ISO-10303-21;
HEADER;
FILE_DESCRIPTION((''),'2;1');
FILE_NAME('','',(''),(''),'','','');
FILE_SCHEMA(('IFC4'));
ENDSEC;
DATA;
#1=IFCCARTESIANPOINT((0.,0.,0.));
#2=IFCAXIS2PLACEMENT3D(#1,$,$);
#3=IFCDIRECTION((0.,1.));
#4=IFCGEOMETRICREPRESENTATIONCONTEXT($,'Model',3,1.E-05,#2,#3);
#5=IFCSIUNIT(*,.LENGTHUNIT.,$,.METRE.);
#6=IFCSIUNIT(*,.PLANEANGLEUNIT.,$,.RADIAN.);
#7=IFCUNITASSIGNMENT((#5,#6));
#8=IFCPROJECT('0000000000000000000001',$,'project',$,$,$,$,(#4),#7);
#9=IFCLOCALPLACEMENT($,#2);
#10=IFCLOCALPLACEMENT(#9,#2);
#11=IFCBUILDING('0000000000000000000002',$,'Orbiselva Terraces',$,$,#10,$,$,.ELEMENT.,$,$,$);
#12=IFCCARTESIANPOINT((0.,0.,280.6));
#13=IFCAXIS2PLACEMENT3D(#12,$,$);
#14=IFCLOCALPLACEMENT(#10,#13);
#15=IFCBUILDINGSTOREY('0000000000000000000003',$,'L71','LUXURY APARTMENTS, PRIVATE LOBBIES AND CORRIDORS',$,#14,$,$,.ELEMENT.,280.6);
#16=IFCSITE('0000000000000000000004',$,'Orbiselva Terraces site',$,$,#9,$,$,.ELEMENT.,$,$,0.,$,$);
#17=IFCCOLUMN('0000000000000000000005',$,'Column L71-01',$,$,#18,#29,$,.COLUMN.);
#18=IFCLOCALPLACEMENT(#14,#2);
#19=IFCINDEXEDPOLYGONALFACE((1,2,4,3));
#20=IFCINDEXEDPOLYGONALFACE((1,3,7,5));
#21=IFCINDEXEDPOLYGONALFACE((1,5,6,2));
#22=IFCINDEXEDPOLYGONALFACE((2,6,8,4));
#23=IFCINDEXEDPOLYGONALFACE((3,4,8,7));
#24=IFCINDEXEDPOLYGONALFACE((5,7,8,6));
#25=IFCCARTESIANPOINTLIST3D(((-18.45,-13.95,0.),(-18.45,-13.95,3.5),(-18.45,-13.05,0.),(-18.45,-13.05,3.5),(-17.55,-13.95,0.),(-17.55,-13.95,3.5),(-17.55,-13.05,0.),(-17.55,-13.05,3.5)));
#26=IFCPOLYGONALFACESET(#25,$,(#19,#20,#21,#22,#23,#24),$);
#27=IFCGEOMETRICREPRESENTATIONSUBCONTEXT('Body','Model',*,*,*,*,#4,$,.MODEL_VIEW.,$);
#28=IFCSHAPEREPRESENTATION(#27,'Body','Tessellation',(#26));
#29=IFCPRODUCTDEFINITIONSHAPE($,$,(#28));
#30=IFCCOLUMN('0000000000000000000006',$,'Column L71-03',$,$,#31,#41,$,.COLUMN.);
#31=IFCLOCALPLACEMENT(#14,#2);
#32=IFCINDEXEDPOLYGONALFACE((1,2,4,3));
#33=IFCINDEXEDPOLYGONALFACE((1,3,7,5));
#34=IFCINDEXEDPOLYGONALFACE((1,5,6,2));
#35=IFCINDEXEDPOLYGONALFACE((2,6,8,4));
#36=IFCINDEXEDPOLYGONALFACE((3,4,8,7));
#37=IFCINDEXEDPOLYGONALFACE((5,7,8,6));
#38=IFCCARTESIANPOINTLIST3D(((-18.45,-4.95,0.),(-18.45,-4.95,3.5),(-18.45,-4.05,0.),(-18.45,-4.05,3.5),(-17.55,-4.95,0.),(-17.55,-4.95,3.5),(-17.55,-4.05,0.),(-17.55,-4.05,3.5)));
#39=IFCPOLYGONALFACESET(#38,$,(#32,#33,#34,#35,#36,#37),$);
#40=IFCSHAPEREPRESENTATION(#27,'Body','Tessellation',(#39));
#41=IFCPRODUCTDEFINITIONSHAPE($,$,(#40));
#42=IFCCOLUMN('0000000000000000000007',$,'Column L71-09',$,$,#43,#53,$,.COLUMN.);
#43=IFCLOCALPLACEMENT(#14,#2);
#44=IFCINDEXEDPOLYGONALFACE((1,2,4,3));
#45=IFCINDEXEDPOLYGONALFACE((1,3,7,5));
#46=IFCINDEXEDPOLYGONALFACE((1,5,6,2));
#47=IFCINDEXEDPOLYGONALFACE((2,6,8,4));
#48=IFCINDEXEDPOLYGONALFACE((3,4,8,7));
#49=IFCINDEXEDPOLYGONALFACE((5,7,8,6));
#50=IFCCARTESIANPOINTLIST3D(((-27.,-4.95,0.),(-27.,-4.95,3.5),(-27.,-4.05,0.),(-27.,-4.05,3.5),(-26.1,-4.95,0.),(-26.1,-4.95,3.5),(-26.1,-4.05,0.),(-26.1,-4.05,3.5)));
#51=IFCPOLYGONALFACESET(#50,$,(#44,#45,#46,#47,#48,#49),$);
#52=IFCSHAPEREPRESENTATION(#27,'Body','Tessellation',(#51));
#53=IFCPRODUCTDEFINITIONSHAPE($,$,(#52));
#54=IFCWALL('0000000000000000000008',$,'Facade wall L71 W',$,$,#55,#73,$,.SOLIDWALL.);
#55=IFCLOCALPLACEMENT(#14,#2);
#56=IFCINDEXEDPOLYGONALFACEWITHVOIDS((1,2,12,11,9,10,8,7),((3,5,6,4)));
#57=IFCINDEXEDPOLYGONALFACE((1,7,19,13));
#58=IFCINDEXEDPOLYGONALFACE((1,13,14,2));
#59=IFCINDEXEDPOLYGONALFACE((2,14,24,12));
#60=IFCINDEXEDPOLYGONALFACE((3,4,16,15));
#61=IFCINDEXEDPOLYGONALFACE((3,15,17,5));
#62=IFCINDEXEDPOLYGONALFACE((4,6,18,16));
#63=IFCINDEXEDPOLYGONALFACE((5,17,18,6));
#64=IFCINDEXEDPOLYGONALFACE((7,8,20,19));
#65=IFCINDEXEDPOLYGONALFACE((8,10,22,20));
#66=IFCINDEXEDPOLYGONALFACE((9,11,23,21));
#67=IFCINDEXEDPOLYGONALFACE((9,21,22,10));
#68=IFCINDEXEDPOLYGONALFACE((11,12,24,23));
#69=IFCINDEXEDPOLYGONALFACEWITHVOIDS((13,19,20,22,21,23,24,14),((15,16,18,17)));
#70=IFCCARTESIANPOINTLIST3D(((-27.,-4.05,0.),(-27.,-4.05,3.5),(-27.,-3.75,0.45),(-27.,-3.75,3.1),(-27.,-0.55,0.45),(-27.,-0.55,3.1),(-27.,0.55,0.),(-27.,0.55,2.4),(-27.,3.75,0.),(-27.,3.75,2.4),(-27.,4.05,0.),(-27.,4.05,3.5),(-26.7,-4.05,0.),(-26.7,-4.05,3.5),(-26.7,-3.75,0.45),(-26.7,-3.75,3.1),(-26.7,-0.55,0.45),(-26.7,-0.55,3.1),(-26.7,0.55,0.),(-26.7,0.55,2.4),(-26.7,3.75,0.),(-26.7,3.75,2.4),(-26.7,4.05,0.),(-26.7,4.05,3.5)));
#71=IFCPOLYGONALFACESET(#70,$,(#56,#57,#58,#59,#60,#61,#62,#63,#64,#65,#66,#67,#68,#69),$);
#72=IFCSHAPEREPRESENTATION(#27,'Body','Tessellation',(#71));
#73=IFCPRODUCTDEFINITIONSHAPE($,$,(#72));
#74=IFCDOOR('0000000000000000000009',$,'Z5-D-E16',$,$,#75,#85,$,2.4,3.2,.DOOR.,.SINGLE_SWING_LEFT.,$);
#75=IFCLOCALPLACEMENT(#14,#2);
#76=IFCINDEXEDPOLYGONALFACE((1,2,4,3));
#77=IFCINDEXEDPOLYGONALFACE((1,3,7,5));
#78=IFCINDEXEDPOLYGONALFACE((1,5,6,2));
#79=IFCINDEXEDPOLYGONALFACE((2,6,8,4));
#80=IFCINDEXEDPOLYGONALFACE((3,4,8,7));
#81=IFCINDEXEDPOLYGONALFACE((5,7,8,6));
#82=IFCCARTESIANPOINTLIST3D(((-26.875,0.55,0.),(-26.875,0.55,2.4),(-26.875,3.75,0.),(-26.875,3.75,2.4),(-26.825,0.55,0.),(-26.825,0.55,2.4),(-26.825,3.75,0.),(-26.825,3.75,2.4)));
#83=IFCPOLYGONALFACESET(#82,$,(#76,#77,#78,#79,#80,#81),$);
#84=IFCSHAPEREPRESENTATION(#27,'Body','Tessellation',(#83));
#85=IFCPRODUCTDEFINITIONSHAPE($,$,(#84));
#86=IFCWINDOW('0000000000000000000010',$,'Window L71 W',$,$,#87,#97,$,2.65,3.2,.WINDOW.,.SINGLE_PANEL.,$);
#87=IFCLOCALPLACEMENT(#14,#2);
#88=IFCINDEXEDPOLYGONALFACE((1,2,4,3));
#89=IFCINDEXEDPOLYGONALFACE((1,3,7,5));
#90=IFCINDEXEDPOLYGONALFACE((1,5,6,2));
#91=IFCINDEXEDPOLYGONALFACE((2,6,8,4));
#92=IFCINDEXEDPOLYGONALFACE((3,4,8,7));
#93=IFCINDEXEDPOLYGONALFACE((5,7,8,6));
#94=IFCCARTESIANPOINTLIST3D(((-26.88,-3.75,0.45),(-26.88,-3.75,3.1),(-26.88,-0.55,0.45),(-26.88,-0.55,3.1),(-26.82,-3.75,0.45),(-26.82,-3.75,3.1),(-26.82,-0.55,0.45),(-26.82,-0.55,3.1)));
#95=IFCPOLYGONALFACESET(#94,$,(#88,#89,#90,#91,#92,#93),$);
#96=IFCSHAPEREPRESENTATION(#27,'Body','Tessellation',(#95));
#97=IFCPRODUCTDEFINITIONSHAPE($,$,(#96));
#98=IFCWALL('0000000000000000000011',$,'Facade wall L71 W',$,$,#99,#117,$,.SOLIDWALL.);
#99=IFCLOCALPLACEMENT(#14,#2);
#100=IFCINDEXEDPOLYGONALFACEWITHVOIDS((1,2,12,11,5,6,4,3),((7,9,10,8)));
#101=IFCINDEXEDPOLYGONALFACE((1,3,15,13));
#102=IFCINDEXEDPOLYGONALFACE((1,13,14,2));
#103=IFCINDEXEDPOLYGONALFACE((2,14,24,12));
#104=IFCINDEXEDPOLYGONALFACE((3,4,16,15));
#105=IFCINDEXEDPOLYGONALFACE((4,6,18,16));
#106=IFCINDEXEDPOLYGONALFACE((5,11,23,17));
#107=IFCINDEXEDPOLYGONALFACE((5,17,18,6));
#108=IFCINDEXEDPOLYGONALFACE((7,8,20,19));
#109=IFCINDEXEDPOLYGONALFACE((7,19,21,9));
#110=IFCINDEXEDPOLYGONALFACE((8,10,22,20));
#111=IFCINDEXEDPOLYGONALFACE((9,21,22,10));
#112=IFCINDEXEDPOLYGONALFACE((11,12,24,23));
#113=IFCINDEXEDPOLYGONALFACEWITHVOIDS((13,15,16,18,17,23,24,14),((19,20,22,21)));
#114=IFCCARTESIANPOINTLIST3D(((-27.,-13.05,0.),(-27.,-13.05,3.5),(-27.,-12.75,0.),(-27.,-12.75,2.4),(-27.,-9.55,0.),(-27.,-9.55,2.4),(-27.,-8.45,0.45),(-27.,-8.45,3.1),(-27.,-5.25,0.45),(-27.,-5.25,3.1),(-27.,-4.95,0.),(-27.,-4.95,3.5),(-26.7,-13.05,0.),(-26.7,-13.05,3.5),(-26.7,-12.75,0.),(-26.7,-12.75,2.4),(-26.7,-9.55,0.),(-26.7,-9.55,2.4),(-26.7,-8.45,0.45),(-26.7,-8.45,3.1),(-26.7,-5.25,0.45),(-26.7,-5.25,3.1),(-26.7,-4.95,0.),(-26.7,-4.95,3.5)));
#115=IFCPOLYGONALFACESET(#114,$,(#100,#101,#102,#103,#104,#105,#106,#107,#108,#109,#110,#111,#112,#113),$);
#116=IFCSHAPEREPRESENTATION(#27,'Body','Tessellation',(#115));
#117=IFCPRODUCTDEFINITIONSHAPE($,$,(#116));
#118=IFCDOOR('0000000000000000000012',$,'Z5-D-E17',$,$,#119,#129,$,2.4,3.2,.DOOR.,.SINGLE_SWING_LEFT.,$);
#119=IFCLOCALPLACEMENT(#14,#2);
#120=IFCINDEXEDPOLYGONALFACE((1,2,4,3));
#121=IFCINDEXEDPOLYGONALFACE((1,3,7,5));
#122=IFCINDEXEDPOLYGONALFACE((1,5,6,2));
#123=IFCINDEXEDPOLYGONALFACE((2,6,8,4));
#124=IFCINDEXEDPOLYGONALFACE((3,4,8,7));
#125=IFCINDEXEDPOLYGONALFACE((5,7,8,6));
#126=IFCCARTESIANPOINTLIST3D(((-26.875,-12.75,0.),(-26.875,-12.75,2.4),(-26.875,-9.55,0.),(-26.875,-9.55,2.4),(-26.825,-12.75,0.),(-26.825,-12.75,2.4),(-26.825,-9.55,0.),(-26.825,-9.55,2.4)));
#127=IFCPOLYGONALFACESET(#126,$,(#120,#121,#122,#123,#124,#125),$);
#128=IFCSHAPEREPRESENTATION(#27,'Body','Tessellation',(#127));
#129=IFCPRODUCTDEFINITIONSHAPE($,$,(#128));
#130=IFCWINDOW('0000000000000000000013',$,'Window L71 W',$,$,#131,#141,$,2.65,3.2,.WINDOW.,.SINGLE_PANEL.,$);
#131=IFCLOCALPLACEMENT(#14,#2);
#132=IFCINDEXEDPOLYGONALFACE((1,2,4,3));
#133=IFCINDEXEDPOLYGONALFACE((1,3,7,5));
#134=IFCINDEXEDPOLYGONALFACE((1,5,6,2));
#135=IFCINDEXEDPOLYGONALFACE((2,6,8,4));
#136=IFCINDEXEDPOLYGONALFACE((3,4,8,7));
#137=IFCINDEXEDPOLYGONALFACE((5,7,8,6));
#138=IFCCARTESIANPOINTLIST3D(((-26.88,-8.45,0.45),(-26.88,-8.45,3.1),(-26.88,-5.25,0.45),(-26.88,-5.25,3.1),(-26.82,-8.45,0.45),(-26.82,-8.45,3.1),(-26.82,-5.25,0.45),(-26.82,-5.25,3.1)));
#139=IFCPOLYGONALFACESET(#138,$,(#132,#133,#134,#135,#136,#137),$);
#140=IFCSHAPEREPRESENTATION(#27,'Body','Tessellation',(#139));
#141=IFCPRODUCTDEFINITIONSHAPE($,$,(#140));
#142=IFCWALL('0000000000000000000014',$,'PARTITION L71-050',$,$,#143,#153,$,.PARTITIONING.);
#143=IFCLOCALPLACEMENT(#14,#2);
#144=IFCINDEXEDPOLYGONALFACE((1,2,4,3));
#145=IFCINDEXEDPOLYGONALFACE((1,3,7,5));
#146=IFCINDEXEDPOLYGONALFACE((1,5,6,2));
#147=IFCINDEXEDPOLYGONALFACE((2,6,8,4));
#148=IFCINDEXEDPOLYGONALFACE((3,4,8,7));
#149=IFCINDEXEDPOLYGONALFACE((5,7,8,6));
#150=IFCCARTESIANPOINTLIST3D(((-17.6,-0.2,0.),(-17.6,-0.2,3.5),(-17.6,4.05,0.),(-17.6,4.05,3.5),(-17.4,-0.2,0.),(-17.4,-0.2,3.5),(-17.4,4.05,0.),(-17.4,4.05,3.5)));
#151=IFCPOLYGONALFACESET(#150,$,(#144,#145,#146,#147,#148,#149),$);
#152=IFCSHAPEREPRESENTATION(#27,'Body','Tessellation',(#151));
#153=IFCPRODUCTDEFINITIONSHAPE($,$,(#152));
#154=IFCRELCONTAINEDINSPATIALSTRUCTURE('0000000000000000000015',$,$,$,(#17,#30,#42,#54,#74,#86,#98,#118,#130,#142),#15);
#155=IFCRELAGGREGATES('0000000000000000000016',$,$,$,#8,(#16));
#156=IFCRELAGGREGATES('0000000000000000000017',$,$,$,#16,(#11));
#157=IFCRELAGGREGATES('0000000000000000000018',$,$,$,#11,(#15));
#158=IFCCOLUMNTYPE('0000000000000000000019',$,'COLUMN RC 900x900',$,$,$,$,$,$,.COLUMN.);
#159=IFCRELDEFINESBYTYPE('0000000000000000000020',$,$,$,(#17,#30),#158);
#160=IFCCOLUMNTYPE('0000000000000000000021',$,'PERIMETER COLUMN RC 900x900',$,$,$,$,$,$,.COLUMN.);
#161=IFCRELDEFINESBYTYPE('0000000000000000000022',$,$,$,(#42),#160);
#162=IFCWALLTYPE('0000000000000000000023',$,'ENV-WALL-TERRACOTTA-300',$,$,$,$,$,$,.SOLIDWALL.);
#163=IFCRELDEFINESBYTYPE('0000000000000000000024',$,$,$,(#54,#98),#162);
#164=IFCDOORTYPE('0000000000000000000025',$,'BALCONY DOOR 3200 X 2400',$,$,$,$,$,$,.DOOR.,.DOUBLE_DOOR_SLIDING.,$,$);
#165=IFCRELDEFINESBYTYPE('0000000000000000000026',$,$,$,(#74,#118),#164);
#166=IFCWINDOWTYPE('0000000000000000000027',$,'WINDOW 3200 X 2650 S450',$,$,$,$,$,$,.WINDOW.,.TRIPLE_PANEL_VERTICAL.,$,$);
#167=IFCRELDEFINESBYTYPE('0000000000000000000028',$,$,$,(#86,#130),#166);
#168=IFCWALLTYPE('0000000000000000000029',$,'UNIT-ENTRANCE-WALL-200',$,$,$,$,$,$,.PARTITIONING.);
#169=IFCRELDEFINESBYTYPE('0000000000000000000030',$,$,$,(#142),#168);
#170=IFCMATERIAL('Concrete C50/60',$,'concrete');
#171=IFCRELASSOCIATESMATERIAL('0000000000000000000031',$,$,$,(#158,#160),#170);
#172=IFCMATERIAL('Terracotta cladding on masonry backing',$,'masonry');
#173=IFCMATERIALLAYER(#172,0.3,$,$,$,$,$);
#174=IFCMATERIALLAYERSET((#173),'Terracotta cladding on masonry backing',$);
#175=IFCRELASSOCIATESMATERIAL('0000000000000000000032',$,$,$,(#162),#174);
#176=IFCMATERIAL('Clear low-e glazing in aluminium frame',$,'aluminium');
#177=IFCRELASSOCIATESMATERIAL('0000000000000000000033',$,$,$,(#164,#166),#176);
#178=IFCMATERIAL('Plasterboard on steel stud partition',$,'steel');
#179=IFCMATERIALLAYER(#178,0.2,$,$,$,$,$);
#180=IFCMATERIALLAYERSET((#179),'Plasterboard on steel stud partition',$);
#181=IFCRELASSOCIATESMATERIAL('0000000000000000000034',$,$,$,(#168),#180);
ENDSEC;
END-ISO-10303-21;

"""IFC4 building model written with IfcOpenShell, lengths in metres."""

from ifc_helpers import new_model, si_unit, direction, frame, frame_2d, origin, origin_2d, place, context, subcontext, project, spatial, rectangle, extrude, material, layer, layer_set, material_profile, profile_set, type_object, element, fill, save


model = new_model("IFC4")

# Units and contexts
model_context = context("Model", 3, precision=1e-05, world=origin(), true_north=direction((0.0, 1.0)))
body_context = subcontext(model_context, "Body", "Model", "MODEL_VIEW")
ifc_project = project(units=[si_unit("LENGTHUNIT", "METRE"), si_unit("PLANEANGLEUNIT", "RADIAN")], contexts=[model_context])

# Site, building, storey
site_placement = place(None, origin())
site = spatial("IfcSite", under=ifc_project, at=site_placement, Name="Orbiselva Terraces site", CompositionType="ELEMENT", RefElevation=0.0)
building_placement = place(site_placement, origin())
building = spatial("IfcBuilding", under=site, at=building_placement, Name="Orbiselva Terraces", CompositionType="ELEMENT")
storey_placement = place(building_placement, frame((0.0, 0.0, 280.6)))
storey = spatial("IfcBuildingStorey", under=building, at=storey_placement, Name="L71", Description="LUXURY APARTMENTS, PRIVATE LOBBIES AND CORRIDORS", CompositionType="ELEMENT", Elevation=280.6)

# Columns
ifc_material_1 = material(Name="Concrete C50/60", Category="concrete")
ifc_material_profile_1 = material_profile(ifc_material_1, rectangle(XDim=0.9, YDim=0.9, at=origin_2d()), Name="RC 900x900")
ifc_profile_set_1 = profile_set([ifc_material_profile_1], Name="Concrete C50/60")
column_type_1 = type_object("IfcColumnType", Name="COLUMN RC 900x900", PredefinedType="COLUMN", material=ifc_profile_set_1)
for number, where, z_axis, x_axis, name in (
    (1, (-18.0, -13.5, 0.0), (0.0, 0.0, 1.0), (1.0, 0.0, 0.0), "Column L71-01"),
    (2, (-18.0, -4.5, 0.0), (0.0, 0.0, 1.0), (1.0, 0.0, 0.0), "Column L71-03"),
):
    element("IfcColumn", number, at=place(storey_placement, frame(where, z_axis=z_axis, x_axis=x_axis)), inside=storey, type_object=column_type_1, Name=name, PredefinedType="COLUMN", context=body_context, shape_type="SweptSolid", body=[
        extrude(rectangle(XDim=0.9, YDim=0.9, at=origin_2d()), origin(), (0.0, 0.0, 1.0), 3.5),
    ])
ifc_material_profile_2 = material_profile(ifc_material_1, rectangle(XDim=0.9, YDim=0.9, at=origin_2d()), Name="RC 900x900")
ifc_profile_set_2 = profile_set([ifc_material_profile_2], Name="Concrete C50/60")
column_type_2 = type_object("IfcColumnType", Name="PERIMETER COLUMN RC 900x900", PredefinedType="COLUMN", material=ifc_profile_set_2)
column_placement = place(storey_placement, frame((-26.55, -4.5, 0.0), z_axis=(0.0, 0.0, 1.0), x_axis=(1.0, 0.0, 0.0)))
element("IfcColumn", 3, at=column_placement, inside=storey, type_object=column_type_2, Name="Column L71-09", PredefinedType="COLUMN", context=body_context, shape_type="SweptSolid", body=[
    extrude(rectangle(XDim=0.9, YDim=0.9, at=origin_2d()), origin(), (0.0, 0.0, 1.0), 3.5),
])

# Walls, openings, doors, windows
ifc_material_2 = material(Name="Terracotta cladding on masonry backing", Category="masonry")
ifc_layer_1 = layer(ifc_material_2, 0.3)
ifc_layer_set_1 = layer_set([ifc_layer_1], Name="Terracotta cladding on masonry backing")
wall_type_1 = type_object("IfcWallType", Name="ENV-WALL-TERRACOTTA-300", PredefinedType="SOLIDWALL", material=ifc_layer_set_1)
wall_1_placement = place(storey_placement, frame((-26.85, -4.05, 0.0), z_axis=(0.0, 0.0, 1.0), x_axis=(0.0, 1.0, 0.0)))
wall_1 = element("IfcWall", 4, at=wall_1_placement, inside=storey, type_object=wall_type_1, Name="Facade wall L71 W", PredefinedType="SOLIDWALL", context=body_context, shape_type="SweptSolid", body=[
    extrude(rectangle(XDim=8.1, YDim=0.3, at=frame_2d((4.05, 0.0))), origin(), (0.0, 0.0, 1.0), 3.5),
])
opening_1_placement = place(wall_1_placement, frame((4.6, 0.0, 0.0)))
opening_1 = element("IfcOpeningElement", 5, at=opening_1_placement, cuts=wall_1, PredefinedType="OPENING", context=body_context, shape_type="SweptSolid", body=[
    extrude(rectangle(XDim=3.2, YDim=2.4, at=frame_2d((1.6, 1.2))), frame((0.0, 0.16, 0.0), z_axis=(0.0, -1.0, 0.0), x_axis=(1.0, 0.0, 0.0)), (0.0, 0.0, 1.0), 0.32),
])
opening_2_placement = place(wall_1_placement, frame((0.3, 0.0, 0.45)))
opening_2 = element("IfcOpeningElement", 6, at=opening_2_placement, cuts=wall_1, PredefinedType="OPENING", context=body_context, shape_type="SweptSolid", body=[
    extrude(rectangle(XDim=3.2, YDim=2.65, at=frame_2d((1.6, 1.325))), frame((0.0, 0.16, 0.0), z_axis=(0.0, -1.0, 0.0), x_axis=(1.0, 0.0, 0.0)), (0.0, 0.0, 1.0), 0.32),
])
ifc_material_3 = material(Name="Clear low-e glazing in aluminium frame", Category="aluminium")
door_type_1 = type_object("IfcDoorType", Name="BALCONY DOOR 3200 X 2400", OperationType="DOUBLE_DOOR_SLIDING", PredefinedType="DOOR", material=ifc_material_3)
door_1_placement = place(opening_1_placement, origin())
door_1 = element("IfcDoor", 7, at=door_1_placement, inside=storey, type_object=door_type_1, Name="Z5-D-E16", OperationType="SINGLE_SWING_LEFT", OverallHeight=2.4, OverallWidth=3.2, PredefinedType="DOOR", context=body_context, shape_type="SweptSolid", body=[
    extrude(rectangle(XDim=3.2, YDim=2.4, at=frame_2d((1.6, 1.2))), frame((0.0, 0.025, 0.0), z_axis=(0.0, -1.0, 0.0), x_axis=(1.0, 0.0, 0.0)), (0.0, 0.0, 1.0), 0.05),
])
fill(opening_1, door_1)
window_type = type_object("IfcWindowType", Name="WINDOW 3200 X 2650 S450", PartitioningType="TRIPLE_PANEL_VERTICAL", PredefinedType="WINDOW", material=ifc_material_3)
window_1_placement = place(opening_2_placement, origin())
window_1 = element("IfcWindow", 8, at=window_1_placement, inside=storey, type_object=window_type, Name="Window L71 W", OverallHeight=2.65, OverallWidth=3.2, PartitioningType="SINGLE_PANEL", PredefinedType="WINDOW", context=body_context, shape_type="SweptSolid", body=[
    extrude(rectangle(XDim=3.2, YDim=2.65, at=frame_2d((1.6, 1.325))), frame((0.0, 0.03, 0.0), z_axis=(0.0, -1.0, 0.0), x_axis=(1.0, 0.0, 0.0)), (0.0, 0.0, 1.0), 0.06),
])
fill(opening_2, window_1)
wall_2_placement = place(storey_placement, frame((-26.85, -13.05, 0.0), z_axis=(0.0, 0.0, 1.0), x_axis=(0.0, 1.0, 0.0)))
wall_2 = element("IfcWall", 9, at=wall_2_placement, inside=storey, type_object=wall_type_1, Name="Facade wall L71 W", PredefinedType="SOLIDWALL", context=body_context, shape_type="SweptSolid", body=[
    extrude(rectangle(XDim=8.1, YDim=0.3, at=frame_2d((4.05, 0.0))), origin(), (0.0, 0.0, 1.0), 3.5),
])
opening_3_placement = place(wall_2_placement, frame((4.6, 0.0, 0.45)))
opening_3 = element("IfcOpeningElement", 10, at=opening_3_placement, cuts=wall_2, PredefinedType="OPENING", context=body_context, shape_type="SweptSolid", body=[
    extrude(rectangle(XDim=3.2, YDim=2.65, at=frame_2d((1.6, 1.325))), frame((0.0, 0.16, 0.0), z_axis=(0.0, -1.0, 0.0), x_axis=(1.0, 0.0, 0.0)), (0.0, 0.0, 1.0), 0.32),
])
opening_4_placement = place(wall_2_placement, frame((0.3, 0.0, 0.0)))
opening_4 = element("IfcOpeningElement", 11, at=opening_4_placement, cuts=wall_2, PredefinedType="OPENING", context=body_context, shape_type="SweptSolid", body=[
    extrude(rectangle(XDim=3.2, YDim=2.4, at=frame_2d((1.6, 1.2))), frame((0.0, 0.16, 0.0), z_axis=(0.0, -1.0, 0.0), x_axis=(1.0, 0.0, 0.0)), (0.0, 0.0, 1.0), 0.32),
])
door_2_placement = place(opening_4_placement, origin())
door_2 = element("IfcDoor", 12, at=door_2_placement, inside=storey, type_object=door_type_1, Name="Z5-D-E17", OperationType="SINGLE_SWING_LEFT", OverallHeight=2.4, OverallWidth=3.2, PredefinedType="DOOR", context=body_context, shape_type="SweptSolid", body=[
    extrude(rectangle(XDim=3.2, YDim=2.4, at=frame_2d((1.6, 1.2))), frame((0.0, 0.025, 0.0), z_axis=(0.0, -1.0, 0.0), x_axis=(1.0, 0.0, 0.0)), (0.0, 0.0, 1.0), 0.05),
])
fill(opening_4, door_2)
window_2_placement = place(opening_3_placement, origin())
window_2 = element("IfcWindow", 13, at=window_2_placement, inside=storey, type_object=window_type, Name="Window L71 W", OverallHeight=2.65, OverallWidth=3.2, PartitioningType="SINGLE_PANEL", PredefinedType="WINDOW", context=body_context, shape_type="SweptSolid", body=[
    extrude(rectangle(XDim=3.2, YDim=2.65, at=frame_2d((1.6, 1.325))), frame((0.0, 0.03, 0.0), z_axis=(0.0, -1.0, 0.0), x_axis=(1.0, 0.0, 0.0)), (0.0, 0.0, 1.0), 0.06),
])
fill(opening_3, window_2)

# Wall
ifc_material_4 = material(Name="Plasterboard on steel stud partition", Category="steel")
ifc_layer_2 = layer(ifc_material_4, 0.2)
ifc_layer_set_2 = layer_set([ifc_layer_2], Name="Plasterboard on steel stud partition")
wall_type_2 = type_object("IfcWallType", Name="UNIT-ENTRANCE-WALL-200", PredefinedType="PARTITIONING", material=ifc_layer_set_2)
wall_3_placement = place(storey_placement, frame((-17.5, -0.2, 0.0), z_axis=(0.0, 0.0, 1.0), x_axis=(0.0, 1.0, 0.0)))
element("IfcWall", 14, at=wall_3_placement, inside=storey, type_object=wall_type_2, Name="PARTITION L71-050", PredefinedType="PARTITIONING", context=body_context, shape_type="SweptSolid", body=[
    extrude(rectangle(XDim=4.25, YDim=0.2, at=frame_2d((2.125, 0.0))), origin(), (0.0, 0.0, 1.0), 3.5),
])

save(model, "model.ifc")
